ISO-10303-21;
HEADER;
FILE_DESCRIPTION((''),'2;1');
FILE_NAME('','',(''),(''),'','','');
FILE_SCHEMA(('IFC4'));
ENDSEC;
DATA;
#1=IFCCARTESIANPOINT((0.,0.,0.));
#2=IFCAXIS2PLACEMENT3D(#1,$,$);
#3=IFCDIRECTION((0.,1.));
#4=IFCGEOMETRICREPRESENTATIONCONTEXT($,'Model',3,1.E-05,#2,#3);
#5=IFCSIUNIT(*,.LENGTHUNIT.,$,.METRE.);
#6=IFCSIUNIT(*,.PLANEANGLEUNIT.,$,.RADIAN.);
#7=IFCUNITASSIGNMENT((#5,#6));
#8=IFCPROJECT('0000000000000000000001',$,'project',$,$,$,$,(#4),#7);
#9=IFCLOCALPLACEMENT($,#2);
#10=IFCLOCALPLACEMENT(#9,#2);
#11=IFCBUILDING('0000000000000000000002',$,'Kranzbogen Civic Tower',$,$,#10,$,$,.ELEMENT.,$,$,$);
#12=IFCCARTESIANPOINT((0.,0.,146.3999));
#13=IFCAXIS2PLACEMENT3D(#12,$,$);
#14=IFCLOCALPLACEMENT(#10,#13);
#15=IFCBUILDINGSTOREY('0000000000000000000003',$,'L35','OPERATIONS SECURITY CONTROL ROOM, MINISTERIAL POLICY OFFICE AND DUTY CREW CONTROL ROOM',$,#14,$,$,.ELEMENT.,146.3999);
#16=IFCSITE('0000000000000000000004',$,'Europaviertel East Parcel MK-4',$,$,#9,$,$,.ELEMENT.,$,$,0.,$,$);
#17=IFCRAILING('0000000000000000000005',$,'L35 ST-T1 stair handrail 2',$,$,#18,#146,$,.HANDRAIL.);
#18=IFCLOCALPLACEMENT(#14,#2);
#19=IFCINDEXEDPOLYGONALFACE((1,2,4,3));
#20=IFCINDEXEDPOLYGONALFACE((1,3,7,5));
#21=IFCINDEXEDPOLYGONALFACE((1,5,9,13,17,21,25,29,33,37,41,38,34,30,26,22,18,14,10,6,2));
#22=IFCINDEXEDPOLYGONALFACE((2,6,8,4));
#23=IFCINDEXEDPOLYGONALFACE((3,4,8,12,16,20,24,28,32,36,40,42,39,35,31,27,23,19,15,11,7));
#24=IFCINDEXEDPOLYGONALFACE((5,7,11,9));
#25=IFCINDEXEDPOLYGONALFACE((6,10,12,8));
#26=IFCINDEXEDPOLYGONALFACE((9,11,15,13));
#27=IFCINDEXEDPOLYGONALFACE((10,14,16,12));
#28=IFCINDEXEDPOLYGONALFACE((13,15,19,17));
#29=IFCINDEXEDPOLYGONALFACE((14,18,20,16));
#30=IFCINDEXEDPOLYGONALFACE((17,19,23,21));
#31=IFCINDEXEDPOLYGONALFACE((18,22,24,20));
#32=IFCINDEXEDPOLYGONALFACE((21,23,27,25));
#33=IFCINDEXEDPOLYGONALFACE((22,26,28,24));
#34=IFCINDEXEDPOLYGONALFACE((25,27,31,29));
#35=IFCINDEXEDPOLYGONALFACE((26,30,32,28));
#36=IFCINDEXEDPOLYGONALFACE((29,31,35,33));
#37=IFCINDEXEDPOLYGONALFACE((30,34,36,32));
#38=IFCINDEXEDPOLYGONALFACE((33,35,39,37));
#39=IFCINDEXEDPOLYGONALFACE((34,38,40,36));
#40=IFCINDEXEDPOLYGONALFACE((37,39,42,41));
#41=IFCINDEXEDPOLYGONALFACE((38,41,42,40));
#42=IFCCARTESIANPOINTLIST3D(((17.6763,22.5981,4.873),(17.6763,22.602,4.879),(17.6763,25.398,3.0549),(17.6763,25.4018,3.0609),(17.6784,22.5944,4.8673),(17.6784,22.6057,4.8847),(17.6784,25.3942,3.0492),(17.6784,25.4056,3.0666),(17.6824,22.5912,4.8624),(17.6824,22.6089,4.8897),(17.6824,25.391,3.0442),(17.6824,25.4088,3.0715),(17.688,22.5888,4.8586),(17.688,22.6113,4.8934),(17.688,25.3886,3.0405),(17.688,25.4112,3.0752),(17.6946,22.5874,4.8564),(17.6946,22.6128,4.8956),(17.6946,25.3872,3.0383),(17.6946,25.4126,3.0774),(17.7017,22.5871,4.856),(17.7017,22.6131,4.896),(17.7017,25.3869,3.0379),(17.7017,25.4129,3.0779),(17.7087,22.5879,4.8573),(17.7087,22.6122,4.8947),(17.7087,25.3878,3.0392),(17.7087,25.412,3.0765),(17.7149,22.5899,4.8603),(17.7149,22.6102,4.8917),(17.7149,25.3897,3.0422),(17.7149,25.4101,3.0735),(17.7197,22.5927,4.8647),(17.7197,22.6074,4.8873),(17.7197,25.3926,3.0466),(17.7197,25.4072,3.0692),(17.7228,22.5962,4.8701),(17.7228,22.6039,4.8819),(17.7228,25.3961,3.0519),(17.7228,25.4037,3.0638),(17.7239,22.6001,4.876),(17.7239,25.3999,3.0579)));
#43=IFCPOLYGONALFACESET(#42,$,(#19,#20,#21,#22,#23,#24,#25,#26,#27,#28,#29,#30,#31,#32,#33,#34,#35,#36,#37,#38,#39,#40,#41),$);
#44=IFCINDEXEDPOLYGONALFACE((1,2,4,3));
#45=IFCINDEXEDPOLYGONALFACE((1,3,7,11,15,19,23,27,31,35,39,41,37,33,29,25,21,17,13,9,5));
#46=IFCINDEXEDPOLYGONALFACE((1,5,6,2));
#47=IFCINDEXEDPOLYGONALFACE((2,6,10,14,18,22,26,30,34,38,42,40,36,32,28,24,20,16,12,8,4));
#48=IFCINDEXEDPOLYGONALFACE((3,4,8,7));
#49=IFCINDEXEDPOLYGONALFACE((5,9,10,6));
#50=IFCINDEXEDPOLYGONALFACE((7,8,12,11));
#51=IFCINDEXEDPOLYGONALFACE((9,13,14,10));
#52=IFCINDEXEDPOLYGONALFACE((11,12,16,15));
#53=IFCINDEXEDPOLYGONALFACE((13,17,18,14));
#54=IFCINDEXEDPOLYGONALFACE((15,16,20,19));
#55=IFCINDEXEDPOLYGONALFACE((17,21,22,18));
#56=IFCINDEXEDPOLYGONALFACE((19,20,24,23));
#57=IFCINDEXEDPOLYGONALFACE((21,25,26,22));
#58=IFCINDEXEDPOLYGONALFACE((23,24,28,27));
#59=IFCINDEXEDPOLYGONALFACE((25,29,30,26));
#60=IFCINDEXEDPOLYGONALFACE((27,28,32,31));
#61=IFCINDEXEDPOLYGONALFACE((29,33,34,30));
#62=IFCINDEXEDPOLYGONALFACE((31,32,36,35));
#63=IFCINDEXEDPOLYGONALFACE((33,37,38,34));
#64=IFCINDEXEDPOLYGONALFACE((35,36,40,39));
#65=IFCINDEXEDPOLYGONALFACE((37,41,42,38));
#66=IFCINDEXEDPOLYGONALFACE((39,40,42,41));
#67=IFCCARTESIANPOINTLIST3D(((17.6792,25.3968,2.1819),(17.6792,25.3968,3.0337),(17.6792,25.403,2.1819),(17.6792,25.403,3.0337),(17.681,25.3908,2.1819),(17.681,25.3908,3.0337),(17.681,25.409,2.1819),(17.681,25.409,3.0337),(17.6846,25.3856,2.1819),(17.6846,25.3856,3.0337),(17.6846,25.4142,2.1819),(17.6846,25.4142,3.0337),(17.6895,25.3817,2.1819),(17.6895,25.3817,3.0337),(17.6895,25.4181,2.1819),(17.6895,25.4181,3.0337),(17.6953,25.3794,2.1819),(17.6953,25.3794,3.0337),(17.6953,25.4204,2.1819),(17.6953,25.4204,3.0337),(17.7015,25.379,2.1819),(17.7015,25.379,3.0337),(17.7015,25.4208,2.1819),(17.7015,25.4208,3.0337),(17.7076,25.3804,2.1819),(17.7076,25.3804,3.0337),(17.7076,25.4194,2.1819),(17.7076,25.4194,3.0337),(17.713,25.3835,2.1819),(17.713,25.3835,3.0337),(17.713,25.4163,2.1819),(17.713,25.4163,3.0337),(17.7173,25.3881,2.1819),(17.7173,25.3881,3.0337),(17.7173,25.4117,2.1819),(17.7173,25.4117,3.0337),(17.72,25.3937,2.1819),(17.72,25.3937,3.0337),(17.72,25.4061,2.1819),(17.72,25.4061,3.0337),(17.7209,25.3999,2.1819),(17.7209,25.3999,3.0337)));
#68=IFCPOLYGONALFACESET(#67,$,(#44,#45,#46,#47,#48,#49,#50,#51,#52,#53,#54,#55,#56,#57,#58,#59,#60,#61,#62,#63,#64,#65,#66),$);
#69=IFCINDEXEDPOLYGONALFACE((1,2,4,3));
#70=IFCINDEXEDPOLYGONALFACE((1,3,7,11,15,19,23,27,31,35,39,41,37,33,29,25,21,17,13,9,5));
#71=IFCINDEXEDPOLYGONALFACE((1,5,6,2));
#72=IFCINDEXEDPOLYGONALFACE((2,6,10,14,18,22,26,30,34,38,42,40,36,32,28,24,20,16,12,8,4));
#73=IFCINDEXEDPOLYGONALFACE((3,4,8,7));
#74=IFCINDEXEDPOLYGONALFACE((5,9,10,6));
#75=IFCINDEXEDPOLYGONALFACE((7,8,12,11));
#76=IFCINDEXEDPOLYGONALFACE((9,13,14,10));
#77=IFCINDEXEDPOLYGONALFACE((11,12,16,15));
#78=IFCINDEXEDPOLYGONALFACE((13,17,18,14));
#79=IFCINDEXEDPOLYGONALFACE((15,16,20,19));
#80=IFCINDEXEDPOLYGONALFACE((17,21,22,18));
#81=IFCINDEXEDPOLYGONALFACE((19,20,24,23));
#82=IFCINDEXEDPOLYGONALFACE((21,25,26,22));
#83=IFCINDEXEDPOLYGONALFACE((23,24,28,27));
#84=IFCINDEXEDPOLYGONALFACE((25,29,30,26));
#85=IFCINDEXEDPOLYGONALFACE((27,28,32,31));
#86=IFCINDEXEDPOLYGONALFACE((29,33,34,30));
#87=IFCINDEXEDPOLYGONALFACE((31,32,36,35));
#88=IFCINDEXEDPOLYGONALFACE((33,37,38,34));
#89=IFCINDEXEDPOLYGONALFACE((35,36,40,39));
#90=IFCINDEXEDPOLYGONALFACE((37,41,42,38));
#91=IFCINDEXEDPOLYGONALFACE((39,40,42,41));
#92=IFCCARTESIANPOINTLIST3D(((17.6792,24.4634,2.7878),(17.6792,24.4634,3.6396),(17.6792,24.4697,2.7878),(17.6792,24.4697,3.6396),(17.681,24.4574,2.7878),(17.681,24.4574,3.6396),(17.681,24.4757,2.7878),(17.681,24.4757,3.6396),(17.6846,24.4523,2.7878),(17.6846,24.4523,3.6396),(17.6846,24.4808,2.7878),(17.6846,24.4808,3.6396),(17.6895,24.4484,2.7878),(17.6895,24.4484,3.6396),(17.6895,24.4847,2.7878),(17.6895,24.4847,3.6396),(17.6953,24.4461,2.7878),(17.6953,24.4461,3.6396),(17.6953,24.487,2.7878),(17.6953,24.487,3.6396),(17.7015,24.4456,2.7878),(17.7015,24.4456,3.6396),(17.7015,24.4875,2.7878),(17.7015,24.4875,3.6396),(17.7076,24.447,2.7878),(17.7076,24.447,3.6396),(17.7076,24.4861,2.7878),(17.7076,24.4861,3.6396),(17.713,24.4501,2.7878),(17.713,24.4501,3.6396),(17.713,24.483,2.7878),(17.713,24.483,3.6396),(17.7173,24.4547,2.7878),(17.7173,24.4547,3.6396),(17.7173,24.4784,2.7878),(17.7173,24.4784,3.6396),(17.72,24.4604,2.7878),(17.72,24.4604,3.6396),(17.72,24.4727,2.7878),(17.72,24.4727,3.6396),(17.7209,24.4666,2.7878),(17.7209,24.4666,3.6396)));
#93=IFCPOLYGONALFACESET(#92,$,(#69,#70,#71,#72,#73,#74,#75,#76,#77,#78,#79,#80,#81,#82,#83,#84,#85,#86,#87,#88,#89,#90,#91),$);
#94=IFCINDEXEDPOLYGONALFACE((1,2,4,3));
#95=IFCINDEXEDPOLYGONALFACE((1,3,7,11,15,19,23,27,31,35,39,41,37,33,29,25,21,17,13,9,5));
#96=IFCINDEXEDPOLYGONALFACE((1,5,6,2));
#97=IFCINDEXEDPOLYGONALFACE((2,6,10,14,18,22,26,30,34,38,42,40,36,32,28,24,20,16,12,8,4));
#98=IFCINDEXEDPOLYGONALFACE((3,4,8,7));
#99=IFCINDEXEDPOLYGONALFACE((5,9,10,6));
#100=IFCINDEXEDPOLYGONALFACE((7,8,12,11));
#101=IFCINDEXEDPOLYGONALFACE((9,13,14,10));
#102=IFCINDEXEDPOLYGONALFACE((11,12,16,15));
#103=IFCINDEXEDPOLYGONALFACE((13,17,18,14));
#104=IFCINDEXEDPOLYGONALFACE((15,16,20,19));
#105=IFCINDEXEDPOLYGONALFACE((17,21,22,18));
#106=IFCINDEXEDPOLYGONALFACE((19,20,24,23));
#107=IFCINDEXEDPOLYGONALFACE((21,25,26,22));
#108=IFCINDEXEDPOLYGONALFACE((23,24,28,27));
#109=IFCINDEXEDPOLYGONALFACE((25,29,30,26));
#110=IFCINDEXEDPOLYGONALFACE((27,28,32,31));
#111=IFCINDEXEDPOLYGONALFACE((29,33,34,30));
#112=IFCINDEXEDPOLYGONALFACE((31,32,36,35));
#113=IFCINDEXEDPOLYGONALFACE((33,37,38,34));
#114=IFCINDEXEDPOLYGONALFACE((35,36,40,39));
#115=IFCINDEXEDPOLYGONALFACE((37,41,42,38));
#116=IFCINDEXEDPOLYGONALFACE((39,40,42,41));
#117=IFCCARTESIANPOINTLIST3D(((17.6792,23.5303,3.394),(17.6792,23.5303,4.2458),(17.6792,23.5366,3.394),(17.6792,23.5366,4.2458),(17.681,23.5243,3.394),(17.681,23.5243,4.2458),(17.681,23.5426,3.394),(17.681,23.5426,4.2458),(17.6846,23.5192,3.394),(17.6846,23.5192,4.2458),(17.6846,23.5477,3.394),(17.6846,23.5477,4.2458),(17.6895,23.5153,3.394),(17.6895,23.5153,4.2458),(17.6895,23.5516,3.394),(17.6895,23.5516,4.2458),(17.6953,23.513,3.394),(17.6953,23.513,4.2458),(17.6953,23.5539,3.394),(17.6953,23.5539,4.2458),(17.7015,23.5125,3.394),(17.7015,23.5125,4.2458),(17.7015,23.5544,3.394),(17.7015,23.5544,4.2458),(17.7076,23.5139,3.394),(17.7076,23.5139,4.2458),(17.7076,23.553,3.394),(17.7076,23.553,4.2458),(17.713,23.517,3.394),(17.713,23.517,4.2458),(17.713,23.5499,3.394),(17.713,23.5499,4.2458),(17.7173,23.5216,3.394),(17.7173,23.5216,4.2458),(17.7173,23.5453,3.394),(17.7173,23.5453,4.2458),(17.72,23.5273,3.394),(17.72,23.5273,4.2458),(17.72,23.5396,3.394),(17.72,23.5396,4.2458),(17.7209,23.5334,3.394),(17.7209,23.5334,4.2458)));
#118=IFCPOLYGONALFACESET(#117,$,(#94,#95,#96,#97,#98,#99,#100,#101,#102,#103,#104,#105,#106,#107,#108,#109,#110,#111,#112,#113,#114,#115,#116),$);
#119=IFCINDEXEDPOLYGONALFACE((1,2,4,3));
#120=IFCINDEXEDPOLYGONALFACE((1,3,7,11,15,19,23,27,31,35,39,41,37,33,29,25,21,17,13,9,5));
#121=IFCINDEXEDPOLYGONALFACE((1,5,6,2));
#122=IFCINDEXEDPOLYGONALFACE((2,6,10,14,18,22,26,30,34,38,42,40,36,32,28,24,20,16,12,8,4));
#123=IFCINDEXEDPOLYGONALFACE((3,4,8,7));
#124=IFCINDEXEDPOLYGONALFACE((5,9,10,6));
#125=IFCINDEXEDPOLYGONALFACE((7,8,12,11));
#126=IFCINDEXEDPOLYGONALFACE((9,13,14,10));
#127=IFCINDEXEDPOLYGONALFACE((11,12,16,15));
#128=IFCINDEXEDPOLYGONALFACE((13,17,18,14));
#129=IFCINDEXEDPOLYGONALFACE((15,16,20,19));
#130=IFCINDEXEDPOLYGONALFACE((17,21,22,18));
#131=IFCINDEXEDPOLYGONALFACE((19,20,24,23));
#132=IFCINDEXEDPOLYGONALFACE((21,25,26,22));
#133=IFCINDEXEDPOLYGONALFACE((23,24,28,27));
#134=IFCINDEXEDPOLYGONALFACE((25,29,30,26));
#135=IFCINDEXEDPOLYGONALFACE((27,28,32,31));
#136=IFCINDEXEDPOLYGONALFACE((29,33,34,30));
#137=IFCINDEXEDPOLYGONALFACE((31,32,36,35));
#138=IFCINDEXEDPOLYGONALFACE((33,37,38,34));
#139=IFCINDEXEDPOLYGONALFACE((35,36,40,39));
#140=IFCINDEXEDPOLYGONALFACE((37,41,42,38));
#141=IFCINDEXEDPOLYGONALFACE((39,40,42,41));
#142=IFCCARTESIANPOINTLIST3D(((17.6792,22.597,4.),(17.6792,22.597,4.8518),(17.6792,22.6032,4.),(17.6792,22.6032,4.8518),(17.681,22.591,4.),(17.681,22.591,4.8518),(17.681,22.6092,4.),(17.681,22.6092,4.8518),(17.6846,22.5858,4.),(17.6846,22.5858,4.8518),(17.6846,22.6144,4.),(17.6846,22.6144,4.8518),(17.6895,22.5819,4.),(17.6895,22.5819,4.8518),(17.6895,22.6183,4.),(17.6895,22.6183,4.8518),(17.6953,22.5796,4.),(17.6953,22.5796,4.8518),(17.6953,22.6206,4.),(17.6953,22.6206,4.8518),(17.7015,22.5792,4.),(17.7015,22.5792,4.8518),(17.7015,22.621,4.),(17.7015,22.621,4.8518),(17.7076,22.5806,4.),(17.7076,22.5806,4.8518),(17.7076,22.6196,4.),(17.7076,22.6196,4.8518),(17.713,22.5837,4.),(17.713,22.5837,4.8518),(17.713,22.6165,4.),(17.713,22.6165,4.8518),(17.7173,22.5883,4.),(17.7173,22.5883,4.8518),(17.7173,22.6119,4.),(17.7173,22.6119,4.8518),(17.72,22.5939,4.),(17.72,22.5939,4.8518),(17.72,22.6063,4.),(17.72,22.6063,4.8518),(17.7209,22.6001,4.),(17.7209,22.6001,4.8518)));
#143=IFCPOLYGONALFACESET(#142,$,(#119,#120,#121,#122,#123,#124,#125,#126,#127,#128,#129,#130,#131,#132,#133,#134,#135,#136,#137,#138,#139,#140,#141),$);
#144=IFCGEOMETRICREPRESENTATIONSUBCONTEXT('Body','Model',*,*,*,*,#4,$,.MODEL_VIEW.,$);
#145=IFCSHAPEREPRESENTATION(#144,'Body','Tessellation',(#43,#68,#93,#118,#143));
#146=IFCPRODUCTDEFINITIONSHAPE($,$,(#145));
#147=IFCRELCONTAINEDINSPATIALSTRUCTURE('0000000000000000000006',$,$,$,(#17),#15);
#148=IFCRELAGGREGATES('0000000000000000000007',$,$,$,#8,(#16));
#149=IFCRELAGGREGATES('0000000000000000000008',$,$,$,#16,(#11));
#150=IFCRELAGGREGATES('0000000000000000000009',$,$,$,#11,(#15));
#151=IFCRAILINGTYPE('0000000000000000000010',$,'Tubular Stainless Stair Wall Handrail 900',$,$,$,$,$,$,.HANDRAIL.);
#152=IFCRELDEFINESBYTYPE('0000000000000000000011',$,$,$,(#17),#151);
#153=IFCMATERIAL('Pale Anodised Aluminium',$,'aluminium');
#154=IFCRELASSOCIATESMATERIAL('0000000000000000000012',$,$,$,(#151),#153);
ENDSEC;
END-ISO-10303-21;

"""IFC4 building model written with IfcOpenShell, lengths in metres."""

from ifc_helpers import new_model, si_unit, direction, frame, origin, origin_2d, place, context, subcontext, project, spatial, circle, extrude, material, type_object, element, save


model = new_model("IFC4")

# Units and contexts
model_context = context("Model", 3, precision=1e-05, world=origin(), true_north=direction((0.0, 1.0)))
body_context = subcontext(model_context, "Body", "Model", "MODEL_VIEW")
ifc_project = project(units=[si_unit("LENGTHUNIT", "METRE"), si_unit("PLANEANGLEUNIT", "RADIAN")], contexts=[model_context])

# Site, building, storey
site_placement = place(None, origin())
site = spatial("IfcSite", under=ifc_project, at=site_placement, Name="Europaviertel East Parcel MK-4", CompositionType="ELEMENT", RefElevation=0.0)
building_placement = place(site_placement, origin())
building = spatial("IfcBuilding", under=site, at=building_placement, Name="Kranzbogen Civic Tower", CompositionType="ELEMENT")
storey_placement = place(building_placement, frame((0.0, 0.0, 146.3999)))
storey = spatial("IfcBuildingStorey", under=building, at=storey_placement, Name="L35", Description="OPERATIONS SECURITY CONTROL ROOM, MINISTERIAL POLICY OFFICE AND DUTY CREW CONTROL ROOM", CompositionType="ELEMENT", Elevation=146.3999)

# Shared definitions
ifc_material_1 = material(Name="Pale Anodised Aluminium", Category="aluminium")

# Railing
railing_type_1 = type_object("IfcRailingType", Name="Tubular Stainless Stair Wall Handrail 900", PredefinedType="HANDRAIL", material=ifc_material_1)
railing_1_placement = place(storey_placement, frame((17.7, 25.3999, 2.1819)))
element("IfcRailing", 1, at=railing_1_placement, inside=storey, type_object=railing_type_1, Name="L35 ST-T1 stair handrail 2", PredefinedType="HANDRAIL", context=body_context, shape_type="SweptSolid", body=[
    extrude(circle(Radius=0.0239, at=origin_2d()), frame((0.0, 0.0, 0.876), z_axis=(0.0, -0.838684, 0.544618), x_axis=(1.0, 0.0, 0.0)), (0.0, 0.0, 1.0), 3.3384),
    extrude(circle(Radius=0.021, at=origin_2d()), origin(), (0.0, 0.0, 1.0), 0.8518),
    extrude(circle(Radius=0.021, at=origin_2d()), frame((0.0, -0.9333, 0.606)), (0.0, 0.0, 1.0), 0.8518),
    extrude(circle(Radius=0.021, at=origin_2d()), frame((0.0, -1.8665, 1.2122)), (0.0, 0.0, 1.0), 0.8518),
    extrude(circle(Radius=0.021, at=origin_2d()), frame((0.0, -2.7998, 1.8181)), (0.0, 0.0, 1.0), 0.8518),
])

save(model, "model.ifc")
